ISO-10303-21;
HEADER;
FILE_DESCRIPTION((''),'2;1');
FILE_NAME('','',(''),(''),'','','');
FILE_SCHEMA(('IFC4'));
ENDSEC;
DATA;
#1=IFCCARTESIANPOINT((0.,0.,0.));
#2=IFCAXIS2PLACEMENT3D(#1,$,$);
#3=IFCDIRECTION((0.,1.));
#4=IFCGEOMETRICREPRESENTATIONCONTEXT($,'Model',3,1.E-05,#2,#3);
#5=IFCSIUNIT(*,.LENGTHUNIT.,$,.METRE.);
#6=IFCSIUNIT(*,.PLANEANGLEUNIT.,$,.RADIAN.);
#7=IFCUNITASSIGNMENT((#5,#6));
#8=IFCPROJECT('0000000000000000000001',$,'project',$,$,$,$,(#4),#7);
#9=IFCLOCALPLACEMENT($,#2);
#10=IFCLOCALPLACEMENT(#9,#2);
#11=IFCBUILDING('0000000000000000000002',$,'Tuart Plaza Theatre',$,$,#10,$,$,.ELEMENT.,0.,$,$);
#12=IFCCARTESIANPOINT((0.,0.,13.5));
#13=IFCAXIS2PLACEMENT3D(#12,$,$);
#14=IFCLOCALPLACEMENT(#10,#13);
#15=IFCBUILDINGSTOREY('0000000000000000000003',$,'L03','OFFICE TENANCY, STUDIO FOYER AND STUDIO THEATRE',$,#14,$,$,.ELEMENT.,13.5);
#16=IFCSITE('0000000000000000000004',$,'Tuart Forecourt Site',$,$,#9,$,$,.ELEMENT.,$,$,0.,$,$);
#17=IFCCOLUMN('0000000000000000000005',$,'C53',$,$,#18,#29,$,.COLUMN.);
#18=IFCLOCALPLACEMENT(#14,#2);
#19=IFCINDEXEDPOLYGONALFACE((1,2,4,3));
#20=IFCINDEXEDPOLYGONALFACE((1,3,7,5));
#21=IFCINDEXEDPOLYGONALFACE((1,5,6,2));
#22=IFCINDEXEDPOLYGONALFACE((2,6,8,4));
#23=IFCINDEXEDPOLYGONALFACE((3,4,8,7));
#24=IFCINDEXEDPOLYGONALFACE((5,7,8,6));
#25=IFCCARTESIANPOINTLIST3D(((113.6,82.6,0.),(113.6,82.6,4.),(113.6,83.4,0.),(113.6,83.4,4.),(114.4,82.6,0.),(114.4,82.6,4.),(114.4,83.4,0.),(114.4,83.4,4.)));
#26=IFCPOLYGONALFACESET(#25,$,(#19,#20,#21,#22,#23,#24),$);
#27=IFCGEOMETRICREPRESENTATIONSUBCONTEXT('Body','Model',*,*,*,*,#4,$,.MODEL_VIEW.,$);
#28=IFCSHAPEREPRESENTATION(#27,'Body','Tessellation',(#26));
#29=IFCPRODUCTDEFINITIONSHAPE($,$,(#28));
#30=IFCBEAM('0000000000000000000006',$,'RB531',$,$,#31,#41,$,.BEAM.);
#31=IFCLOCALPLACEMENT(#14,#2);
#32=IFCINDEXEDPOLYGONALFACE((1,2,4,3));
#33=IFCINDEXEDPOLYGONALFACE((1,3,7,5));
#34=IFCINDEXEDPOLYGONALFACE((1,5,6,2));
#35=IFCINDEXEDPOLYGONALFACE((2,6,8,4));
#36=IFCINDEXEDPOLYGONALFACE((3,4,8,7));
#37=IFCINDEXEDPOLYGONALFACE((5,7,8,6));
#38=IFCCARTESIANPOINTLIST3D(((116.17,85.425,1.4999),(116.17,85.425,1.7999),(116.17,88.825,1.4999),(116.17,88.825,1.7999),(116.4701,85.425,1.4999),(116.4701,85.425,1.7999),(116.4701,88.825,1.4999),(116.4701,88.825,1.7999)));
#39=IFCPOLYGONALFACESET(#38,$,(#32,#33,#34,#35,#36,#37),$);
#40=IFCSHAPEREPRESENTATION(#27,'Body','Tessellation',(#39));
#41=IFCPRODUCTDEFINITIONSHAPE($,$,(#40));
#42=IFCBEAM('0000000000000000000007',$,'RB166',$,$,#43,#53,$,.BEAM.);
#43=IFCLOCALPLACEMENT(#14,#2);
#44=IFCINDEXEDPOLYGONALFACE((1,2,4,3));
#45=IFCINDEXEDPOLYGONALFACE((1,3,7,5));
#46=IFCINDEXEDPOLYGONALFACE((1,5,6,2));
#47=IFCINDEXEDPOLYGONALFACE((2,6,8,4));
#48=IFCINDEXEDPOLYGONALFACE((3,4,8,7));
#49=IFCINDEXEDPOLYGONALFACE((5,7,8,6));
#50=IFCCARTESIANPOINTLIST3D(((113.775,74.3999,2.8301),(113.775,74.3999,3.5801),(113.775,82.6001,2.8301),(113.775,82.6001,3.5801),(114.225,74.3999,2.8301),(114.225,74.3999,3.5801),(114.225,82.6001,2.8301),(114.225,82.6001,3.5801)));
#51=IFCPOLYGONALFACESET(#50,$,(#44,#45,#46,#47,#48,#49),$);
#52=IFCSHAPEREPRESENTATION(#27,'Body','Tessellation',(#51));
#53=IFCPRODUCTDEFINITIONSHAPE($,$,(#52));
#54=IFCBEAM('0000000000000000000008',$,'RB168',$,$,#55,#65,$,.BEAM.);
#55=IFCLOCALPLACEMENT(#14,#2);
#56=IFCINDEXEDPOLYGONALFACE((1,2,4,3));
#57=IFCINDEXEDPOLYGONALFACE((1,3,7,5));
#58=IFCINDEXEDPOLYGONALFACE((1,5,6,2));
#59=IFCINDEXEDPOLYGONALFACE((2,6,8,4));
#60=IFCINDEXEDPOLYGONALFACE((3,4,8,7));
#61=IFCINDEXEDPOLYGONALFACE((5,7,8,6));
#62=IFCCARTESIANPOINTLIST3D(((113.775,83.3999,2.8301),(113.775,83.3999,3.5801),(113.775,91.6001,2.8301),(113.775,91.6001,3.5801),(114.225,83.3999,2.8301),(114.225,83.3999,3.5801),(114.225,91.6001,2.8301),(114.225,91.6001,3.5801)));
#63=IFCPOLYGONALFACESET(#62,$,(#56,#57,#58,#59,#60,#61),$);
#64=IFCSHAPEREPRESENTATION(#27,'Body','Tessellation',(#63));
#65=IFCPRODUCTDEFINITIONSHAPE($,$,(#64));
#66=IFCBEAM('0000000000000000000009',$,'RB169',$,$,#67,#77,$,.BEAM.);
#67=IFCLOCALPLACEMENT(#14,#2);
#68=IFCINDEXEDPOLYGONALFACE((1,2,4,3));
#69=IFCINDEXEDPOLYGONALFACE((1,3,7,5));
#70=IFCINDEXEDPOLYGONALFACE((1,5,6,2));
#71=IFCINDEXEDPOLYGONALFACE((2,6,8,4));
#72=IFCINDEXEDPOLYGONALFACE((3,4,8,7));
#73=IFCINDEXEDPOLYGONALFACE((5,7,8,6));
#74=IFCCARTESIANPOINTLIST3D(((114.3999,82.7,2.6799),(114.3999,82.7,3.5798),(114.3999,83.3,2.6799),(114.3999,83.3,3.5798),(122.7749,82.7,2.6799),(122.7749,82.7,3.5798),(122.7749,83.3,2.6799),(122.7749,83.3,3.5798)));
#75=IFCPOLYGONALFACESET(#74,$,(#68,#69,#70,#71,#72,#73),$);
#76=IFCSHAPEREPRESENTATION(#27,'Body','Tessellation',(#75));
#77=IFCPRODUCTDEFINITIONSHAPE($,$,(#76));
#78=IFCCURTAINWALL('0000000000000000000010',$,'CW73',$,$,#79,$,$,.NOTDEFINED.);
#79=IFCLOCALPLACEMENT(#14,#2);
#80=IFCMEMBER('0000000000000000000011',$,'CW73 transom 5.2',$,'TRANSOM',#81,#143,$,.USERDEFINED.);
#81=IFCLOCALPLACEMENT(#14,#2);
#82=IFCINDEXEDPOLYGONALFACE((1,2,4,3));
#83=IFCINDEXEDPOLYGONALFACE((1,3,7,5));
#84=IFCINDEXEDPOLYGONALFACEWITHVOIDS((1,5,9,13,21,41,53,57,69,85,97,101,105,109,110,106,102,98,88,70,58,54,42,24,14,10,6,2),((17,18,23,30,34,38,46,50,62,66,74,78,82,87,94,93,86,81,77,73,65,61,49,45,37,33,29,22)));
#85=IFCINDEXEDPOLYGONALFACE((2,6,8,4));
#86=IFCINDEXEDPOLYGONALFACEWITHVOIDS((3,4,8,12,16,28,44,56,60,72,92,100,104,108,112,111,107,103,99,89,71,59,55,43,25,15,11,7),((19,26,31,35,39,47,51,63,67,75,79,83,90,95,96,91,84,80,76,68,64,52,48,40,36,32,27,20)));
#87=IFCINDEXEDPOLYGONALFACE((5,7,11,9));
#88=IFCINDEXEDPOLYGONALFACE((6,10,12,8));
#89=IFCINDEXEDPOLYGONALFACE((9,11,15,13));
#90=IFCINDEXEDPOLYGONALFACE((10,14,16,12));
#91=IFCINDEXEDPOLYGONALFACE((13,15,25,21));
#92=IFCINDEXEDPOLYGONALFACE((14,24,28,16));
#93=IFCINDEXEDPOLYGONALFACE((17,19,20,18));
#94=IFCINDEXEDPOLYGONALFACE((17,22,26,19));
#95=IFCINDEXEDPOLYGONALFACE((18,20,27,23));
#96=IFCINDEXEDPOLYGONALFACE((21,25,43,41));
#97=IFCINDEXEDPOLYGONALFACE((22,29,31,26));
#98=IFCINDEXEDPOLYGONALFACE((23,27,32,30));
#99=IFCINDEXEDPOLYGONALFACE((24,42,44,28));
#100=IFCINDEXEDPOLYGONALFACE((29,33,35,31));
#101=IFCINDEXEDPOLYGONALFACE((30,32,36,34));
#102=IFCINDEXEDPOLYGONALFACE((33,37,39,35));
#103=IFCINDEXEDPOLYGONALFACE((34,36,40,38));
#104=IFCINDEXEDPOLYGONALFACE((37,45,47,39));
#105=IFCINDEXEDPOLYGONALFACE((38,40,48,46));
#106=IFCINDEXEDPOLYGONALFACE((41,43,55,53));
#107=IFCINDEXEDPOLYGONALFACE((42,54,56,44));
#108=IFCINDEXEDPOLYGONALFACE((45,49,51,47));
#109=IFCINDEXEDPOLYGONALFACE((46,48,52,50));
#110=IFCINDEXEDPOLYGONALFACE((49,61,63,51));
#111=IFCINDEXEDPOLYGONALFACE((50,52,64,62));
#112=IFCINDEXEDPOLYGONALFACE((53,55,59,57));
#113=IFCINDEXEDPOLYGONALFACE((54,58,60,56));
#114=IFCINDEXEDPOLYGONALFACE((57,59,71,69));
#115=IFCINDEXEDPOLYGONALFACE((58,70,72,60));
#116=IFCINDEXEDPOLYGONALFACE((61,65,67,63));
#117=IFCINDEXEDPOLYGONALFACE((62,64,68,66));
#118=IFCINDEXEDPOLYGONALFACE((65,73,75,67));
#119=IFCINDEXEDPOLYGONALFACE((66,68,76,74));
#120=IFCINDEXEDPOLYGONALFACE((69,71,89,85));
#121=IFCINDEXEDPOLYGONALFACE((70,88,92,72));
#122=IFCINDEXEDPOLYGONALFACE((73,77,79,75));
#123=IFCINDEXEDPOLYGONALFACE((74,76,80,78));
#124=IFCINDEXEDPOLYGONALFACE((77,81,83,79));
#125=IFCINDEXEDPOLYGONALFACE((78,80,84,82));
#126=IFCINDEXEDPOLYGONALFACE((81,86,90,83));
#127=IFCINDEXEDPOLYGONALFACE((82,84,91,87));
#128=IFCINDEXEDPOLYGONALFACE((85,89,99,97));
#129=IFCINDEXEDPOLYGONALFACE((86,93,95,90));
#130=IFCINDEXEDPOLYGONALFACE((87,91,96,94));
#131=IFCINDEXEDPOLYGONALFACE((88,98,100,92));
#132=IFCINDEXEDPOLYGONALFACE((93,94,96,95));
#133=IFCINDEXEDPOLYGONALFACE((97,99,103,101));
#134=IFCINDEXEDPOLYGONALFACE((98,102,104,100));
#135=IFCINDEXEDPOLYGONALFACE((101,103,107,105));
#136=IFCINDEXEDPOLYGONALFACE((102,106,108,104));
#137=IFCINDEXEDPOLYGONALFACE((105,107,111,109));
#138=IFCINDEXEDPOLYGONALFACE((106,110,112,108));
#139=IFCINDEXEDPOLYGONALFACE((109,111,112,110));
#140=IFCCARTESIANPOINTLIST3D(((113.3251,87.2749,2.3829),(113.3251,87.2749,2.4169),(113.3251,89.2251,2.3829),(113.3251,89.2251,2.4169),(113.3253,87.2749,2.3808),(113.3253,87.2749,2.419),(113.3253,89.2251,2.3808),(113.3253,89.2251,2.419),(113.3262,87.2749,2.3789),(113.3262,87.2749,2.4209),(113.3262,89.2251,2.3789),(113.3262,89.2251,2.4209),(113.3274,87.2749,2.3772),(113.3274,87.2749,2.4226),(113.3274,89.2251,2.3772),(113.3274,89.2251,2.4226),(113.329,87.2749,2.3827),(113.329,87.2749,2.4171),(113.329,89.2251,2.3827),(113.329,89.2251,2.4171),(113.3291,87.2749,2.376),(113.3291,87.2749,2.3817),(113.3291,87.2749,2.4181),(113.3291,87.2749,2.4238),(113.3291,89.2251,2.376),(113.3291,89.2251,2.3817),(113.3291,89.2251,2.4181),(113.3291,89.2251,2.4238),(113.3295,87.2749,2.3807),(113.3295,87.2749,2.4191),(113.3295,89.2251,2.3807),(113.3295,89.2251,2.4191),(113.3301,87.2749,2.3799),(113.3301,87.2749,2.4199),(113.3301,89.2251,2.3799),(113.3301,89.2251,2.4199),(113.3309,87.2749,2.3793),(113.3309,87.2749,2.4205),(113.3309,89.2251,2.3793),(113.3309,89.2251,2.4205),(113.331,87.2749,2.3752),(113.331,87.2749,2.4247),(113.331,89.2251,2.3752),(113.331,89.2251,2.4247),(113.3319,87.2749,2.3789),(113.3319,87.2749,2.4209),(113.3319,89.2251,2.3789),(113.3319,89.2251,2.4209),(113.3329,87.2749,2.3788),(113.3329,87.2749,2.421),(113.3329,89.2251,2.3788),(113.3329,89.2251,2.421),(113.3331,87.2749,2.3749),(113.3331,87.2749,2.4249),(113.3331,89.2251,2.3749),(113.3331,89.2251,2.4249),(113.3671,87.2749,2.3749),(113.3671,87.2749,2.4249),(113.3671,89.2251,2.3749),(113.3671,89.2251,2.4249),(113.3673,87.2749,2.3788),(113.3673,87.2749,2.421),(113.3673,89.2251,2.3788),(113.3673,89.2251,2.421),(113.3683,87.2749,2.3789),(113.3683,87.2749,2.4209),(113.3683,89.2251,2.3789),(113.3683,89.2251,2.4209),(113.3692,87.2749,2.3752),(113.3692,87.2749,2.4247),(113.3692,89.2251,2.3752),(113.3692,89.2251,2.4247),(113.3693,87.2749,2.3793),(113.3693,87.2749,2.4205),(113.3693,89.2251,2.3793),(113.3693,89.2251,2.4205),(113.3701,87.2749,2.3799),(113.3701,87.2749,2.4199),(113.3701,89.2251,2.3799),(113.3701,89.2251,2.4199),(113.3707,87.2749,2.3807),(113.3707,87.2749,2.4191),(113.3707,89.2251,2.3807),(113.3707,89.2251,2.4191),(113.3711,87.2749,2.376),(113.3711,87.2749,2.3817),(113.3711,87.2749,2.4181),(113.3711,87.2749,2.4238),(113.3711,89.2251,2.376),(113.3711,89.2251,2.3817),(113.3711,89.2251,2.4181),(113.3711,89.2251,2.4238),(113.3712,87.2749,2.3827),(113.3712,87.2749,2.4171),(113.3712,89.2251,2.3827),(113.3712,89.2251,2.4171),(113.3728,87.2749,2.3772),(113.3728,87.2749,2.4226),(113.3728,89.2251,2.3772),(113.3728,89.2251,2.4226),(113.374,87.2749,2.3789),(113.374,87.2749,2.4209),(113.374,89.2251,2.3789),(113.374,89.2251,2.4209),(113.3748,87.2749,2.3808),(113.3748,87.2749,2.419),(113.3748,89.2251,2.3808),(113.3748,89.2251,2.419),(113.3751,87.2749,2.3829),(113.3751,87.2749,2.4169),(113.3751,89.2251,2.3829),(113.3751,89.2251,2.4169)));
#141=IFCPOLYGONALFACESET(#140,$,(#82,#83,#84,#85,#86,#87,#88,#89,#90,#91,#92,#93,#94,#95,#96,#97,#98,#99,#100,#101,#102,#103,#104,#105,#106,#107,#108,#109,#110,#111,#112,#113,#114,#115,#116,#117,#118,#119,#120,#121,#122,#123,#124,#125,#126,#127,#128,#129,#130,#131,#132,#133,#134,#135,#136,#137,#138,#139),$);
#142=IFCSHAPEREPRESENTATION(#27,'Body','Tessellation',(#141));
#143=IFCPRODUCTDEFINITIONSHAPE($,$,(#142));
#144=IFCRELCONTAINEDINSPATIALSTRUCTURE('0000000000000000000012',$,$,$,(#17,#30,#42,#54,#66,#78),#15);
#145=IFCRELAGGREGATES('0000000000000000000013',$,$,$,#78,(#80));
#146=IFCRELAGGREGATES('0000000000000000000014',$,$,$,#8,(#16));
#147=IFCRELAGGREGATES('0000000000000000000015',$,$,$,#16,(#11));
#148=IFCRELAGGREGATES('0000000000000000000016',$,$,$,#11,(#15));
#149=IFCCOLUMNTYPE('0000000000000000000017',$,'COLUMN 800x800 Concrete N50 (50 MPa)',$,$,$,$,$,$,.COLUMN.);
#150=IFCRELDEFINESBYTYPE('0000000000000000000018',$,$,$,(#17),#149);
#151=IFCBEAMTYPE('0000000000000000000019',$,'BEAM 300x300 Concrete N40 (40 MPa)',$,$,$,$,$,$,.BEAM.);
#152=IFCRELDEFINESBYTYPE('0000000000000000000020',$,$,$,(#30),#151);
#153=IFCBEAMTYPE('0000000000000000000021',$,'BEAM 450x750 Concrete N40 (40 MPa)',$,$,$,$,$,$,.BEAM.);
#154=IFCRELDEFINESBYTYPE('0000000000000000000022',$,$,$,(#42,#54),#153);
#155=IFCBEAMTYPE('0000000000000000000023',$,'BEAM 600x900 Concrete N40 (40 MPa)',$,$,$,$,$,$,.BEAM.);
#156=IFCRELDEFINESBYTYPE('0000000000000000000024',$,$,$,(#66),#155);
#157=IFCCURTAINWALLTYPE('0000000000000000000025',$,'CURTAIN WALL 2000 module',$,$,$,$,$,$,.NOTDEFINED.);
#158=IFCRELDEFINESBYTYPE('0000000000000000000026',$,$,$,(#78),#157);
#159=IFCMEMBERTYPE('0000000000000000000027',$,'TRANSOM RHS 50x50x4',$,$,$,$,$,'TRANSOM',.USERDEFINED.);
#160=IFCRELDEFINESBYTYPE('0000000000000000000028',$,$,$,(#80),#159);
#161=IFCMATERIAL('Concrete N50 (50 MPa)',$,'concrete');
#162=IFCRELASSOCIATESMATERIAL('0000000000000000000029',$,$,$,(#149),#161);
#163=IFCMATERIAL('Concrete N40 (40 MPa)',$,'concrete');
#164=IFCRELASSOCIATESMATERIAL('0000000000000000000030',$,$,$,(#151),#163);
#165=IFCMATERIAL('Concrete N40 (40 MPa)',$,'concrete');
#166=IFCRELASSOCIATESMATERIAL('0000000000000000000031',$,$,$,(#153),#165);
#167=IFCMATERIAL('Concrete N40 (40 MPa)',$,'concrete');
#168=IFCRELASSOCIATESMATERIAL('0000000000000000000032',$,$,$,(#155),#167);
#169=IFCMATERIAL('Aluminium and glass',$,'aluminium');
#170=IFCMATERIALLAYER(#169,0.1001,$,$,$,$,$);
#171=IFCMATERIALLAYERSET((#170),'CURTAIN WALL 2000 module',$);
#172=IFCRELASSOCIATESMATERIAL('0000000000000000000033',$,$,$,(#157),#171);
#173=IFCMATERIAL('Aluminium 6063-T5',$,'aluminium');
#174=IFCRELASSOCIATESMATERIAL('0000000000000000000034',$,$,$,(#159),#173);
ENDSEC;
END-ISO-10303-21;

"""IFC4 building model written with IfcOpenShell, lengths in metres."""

from ifc_helpers import new_model, si_unit, direction, frame, origin, origin_2d, place, context, subcontext, project, spatial, rectangle, hollow_rectangle, extrude, material, layer, layer_set, material_profile, profile_set, type_object, element, aggregate, save


model = new_model("IFC4")

# Units and contexts
model_context = context("Model", 3, precision=1e-05, world=origin(), true_north=direction((0.0, 1.0)))
body_context = subcontext(model_context, "Body", "Model", "MODEL_VIEW")
ifc_project = project(units=[si_unit("LENGTHUNIT", "METRE"), si_unit("PLANEANGLEUNIT", "RADIAN")], contexts=[model_context])

# Site, building, storey
site_placement = place(None, origin())
site = spatial("IfcSite", under=ifc_project, at=site_placement, Name="Tuart Forecourt Site", CompositionType="ELEMENT", RefElevation=0.0)
building_placement = place(site_placement, origin())
building = spatial("IfcBuilding", under=site, at=building_placement, Name="Tuart Plaza Theatre", CompositionType="ELEMENT", ElevationOfRefHeight=0.0)
storey_placement = place(building_placement, frame((0.0, 0.0, 13.5)))
storey = spatial("IfcBuildingStorey", under=building, at=storey_placement, Name="L03", Description="OFFICE TENANCY, STUDIO FOYER AND STUDIO THEATRE", CompositionType="ELEMENT", Elevation=13.5)

# Column
ifc_material_1 = material(Name="Concrete N50 (50 MPa)", Category="concrete")
ifc_material_profile_1 = material_profile(ifc_material_1, rectangle(XDim=0.8, YDim=0.8, at=origin_2d()), Name="COLUMN 800x800 Concrete N50 (50 MPa)")
ifc_profile_set_1 = profile_set([ifc_material_profile_1], Name="Concrete N50 (50 MPa)")
column_type = type_object("IfcColumnType", Name="COLUMN 800x800 Concrete N50 (50 MPa)", PredefinedType="COLUMN", material=ifc_profile_set_1)
column_placement = place(storey_placement, frame((114.0, 83.0, 0.0), z_axis=(0.0, 0.0, 1.0), x_axis=(1.0, 0.0, 0.0)))
element("IfcColumn", 1, at=column_placement, inside=storey, type_object=column_type, Name="C53", PredefinedType="COLUMN", context=body_context, shape_type="SweptSolid", body=[
    extrude(rectangle(XDim=0.8, YDim=0.8, at=origin_2d()), origin(), (0.0, 0.0, 1.0), 4.0),
])

# Beams
ifc_material_2 = material(Name="Concrete N40 (40 MPa)", Category="concrete")
ifc_material_profile_2 = material_profile(ifc_material_2, rectangle(XDim=0.3, YDim=0.3, at=origin_2d()), Name="BEAM 300x300 Concrete N40 (40 MPa)")
ifc_profile_set_2 = profile_set([ifc_material_profile_2], Name="Concrete N40 (40 MPa)")
beam_type_1 = type_object("IfcBeamType", Name="BEAM 300x300 Concrete N40 (40 MPa)", PredefinedType="BEAM", material=ifc_profile_set_2)
beam_1_placement = place(storey_placement, frame((116.3201, 88.825, 1.6499), z_axis=(0.0, -1.0, 0.0), x_axis=(1.0, 0.0, 0.0)))
element("IfcBeam", 2, at=beam_1_placement, inside=storey, type_object=beam_type_1, Name="RB531", PredefinedType="BEAM", context=body_context, shape_type="SweptSolid", body=[
    extrude(rectangle(XDim=0.3, YDim=0.3, at=origin_2d()), origin(), (0.0, 0.0, 1.0), 3.3999),
])
ifc_material_3 = material(Name="Concrete N40 (40 MPa)", Category="concrete")
ifc_material_profile_3 = material_profile(ifc_material_3, rectangle(XDim=0.45, YDim=0.75, at=origin_2d()), Name="BEAM 450x750 Concrete N40 (40 MPa)")
ifc_profile_set_3 = profile_set([ifc_material_profile_3], Name="Concrete N40 (40 MPa)")
beam_type_2 = type_object("IfcBeamType", Name="BEAM 450x750 Concrete N40 (40 MPa)", PredefinedType="BEAM", material=ifc_profile_set_3)
for number, where, z_axis, x_axis, name in (
    (3, (114.0, 74.3999, 3.2051), (0.0, 1.0, 0.0), (-1.0, 0.0, 0.0), "RB166"),
    (4, (114.0, 83.3999, 3.2051), (0.0, 1.0, 0.0), (-1.0, 0.0, 0.0), "RB168"),
):
    element("IfcBeam", number, at=place(storey_placement, frame(where, z_axis=z_axis, x_axis=x_axis)), inside=storey, type_object=beam_type_2, Name=name, PredefinedType="BEAM", context=body_context, shape_type="SweptSolid", body=[
        extrude(rectangle(XDim=0.45, YDim=0.75, at=origin_2d()), origin(), (0.0, 0.0, 1.0), 8.2002),
    ])
ifc_material_4 = material(Name="Concrete N40 (40 MPa)", Category="concrete")
ifc_material_profile_4 = material_profile(ifc_material_4, rectangle(XDim=0.6001, YDim=0.8999, at=origin_2d()), Name="BEAM 600x900 Concrete N40 (40 MPa)")
ifc_profile_set_4 = profile_set([ifc_material_profile_4], Name="Concrete N40 (40 MPa)")
beam_type_3 = type_object("IfcBeamType", Name="BEAM 600x900 Concrete N40 (40 MPa)", PredefinedType="BEAM", material=ifc_profile_set_4)
beam_2_placement = place(storey_placement, frame((114.3999, 83.0, 3.1299), z_axis=(1.0, 0.0, 0.0), x_axis=(0.0, 1.0, 0.0)))
element("IfcBeam", 5, at=beam_2_placement, inside=storey, type_object=beam_type_3, Name="RB169", PredefinedType="BEAM", context=body_context, shape_type="SweptSolid", body=[
    extrude(rectangle(XDim=0.6001, YDim=0.8999, at=origin_2d()), origin(), (0.0, 0.0, 1.0), 8.375),
])

# Curtain wall, member
ifc_material_5 = material(Name="Aluminium and glass", Category="aluminium")
ifc_layer_1 = layer(ifc_material_5, 0.1001)
ifc_layer_set_1 = layer_set([ifc_layer_1], Name="CURTAIN WALL 2000 module")
curtain_wall_type = type_object("IfcCurtainWallType", Name="CURTAIN WALL 2000 module", PredefinedType="NOTDEFINED", material=ifc_layer_set_1)
curtain_wall_placement = place(storey_placement, origin())
curtain_wall = element("IfcCurtainWall", 6, at=curtain_wall_placement, inside=storey, type_object=curtain_wall_type, Name="CW73", PredefinedType="NOTDEFINED")
ifc_material_6 = material(Name="Aluminium 6063-T5", Category="aluminium")
ifc_material_profile_5 = material_profile(ifc_material_6, hollow_rectangle(XDim=0.05, YDim=0.05, WallThickness=0.0039, InnerFilletRadius=0.0039, OuterFilletRadius=0.0081, at=origin_2d()), Name="RHS 50x50x4")
ifc_profile_set_5 = profile_set([ifc_material_profile_5], Name="Aluminium 6063-T5")
member_type = type_object("IfcMemberType", Name="TRANSOM RHS 50x50x4", ElementType="TRANSOM", PredefinedType="USERDEFINED", material=ifc_profile_set_5)
member_1_placement = place(storey_placement, frame((113.3501, 89.2251, 2.3999), z_axis=(0.0, -1.0, 0.0), x_axis=(1.0, 0.0, 0.0)))
member_1 = element("IfcMember", 7, at=member_1_placement, type_object=member_type, Name="CW73 transom 5.2", ObjectType="TRANSOM", PredefinedType="USERDEFINED", context=body_context, shape_type="SweptSolid", body=[
    extrude(hollow_rectangle(XDim=0.05, YDim=0.05, WallThickness=0.0039, InnerFilletRadius=0.0039, OuterFilletRadius=0.0081, at=origin_2d()), origin(), (0.0, 0.0, 1.0), 1.9502),
])
aggregate(curtain_wall, [member_1])

save(model, "model.ifc")
